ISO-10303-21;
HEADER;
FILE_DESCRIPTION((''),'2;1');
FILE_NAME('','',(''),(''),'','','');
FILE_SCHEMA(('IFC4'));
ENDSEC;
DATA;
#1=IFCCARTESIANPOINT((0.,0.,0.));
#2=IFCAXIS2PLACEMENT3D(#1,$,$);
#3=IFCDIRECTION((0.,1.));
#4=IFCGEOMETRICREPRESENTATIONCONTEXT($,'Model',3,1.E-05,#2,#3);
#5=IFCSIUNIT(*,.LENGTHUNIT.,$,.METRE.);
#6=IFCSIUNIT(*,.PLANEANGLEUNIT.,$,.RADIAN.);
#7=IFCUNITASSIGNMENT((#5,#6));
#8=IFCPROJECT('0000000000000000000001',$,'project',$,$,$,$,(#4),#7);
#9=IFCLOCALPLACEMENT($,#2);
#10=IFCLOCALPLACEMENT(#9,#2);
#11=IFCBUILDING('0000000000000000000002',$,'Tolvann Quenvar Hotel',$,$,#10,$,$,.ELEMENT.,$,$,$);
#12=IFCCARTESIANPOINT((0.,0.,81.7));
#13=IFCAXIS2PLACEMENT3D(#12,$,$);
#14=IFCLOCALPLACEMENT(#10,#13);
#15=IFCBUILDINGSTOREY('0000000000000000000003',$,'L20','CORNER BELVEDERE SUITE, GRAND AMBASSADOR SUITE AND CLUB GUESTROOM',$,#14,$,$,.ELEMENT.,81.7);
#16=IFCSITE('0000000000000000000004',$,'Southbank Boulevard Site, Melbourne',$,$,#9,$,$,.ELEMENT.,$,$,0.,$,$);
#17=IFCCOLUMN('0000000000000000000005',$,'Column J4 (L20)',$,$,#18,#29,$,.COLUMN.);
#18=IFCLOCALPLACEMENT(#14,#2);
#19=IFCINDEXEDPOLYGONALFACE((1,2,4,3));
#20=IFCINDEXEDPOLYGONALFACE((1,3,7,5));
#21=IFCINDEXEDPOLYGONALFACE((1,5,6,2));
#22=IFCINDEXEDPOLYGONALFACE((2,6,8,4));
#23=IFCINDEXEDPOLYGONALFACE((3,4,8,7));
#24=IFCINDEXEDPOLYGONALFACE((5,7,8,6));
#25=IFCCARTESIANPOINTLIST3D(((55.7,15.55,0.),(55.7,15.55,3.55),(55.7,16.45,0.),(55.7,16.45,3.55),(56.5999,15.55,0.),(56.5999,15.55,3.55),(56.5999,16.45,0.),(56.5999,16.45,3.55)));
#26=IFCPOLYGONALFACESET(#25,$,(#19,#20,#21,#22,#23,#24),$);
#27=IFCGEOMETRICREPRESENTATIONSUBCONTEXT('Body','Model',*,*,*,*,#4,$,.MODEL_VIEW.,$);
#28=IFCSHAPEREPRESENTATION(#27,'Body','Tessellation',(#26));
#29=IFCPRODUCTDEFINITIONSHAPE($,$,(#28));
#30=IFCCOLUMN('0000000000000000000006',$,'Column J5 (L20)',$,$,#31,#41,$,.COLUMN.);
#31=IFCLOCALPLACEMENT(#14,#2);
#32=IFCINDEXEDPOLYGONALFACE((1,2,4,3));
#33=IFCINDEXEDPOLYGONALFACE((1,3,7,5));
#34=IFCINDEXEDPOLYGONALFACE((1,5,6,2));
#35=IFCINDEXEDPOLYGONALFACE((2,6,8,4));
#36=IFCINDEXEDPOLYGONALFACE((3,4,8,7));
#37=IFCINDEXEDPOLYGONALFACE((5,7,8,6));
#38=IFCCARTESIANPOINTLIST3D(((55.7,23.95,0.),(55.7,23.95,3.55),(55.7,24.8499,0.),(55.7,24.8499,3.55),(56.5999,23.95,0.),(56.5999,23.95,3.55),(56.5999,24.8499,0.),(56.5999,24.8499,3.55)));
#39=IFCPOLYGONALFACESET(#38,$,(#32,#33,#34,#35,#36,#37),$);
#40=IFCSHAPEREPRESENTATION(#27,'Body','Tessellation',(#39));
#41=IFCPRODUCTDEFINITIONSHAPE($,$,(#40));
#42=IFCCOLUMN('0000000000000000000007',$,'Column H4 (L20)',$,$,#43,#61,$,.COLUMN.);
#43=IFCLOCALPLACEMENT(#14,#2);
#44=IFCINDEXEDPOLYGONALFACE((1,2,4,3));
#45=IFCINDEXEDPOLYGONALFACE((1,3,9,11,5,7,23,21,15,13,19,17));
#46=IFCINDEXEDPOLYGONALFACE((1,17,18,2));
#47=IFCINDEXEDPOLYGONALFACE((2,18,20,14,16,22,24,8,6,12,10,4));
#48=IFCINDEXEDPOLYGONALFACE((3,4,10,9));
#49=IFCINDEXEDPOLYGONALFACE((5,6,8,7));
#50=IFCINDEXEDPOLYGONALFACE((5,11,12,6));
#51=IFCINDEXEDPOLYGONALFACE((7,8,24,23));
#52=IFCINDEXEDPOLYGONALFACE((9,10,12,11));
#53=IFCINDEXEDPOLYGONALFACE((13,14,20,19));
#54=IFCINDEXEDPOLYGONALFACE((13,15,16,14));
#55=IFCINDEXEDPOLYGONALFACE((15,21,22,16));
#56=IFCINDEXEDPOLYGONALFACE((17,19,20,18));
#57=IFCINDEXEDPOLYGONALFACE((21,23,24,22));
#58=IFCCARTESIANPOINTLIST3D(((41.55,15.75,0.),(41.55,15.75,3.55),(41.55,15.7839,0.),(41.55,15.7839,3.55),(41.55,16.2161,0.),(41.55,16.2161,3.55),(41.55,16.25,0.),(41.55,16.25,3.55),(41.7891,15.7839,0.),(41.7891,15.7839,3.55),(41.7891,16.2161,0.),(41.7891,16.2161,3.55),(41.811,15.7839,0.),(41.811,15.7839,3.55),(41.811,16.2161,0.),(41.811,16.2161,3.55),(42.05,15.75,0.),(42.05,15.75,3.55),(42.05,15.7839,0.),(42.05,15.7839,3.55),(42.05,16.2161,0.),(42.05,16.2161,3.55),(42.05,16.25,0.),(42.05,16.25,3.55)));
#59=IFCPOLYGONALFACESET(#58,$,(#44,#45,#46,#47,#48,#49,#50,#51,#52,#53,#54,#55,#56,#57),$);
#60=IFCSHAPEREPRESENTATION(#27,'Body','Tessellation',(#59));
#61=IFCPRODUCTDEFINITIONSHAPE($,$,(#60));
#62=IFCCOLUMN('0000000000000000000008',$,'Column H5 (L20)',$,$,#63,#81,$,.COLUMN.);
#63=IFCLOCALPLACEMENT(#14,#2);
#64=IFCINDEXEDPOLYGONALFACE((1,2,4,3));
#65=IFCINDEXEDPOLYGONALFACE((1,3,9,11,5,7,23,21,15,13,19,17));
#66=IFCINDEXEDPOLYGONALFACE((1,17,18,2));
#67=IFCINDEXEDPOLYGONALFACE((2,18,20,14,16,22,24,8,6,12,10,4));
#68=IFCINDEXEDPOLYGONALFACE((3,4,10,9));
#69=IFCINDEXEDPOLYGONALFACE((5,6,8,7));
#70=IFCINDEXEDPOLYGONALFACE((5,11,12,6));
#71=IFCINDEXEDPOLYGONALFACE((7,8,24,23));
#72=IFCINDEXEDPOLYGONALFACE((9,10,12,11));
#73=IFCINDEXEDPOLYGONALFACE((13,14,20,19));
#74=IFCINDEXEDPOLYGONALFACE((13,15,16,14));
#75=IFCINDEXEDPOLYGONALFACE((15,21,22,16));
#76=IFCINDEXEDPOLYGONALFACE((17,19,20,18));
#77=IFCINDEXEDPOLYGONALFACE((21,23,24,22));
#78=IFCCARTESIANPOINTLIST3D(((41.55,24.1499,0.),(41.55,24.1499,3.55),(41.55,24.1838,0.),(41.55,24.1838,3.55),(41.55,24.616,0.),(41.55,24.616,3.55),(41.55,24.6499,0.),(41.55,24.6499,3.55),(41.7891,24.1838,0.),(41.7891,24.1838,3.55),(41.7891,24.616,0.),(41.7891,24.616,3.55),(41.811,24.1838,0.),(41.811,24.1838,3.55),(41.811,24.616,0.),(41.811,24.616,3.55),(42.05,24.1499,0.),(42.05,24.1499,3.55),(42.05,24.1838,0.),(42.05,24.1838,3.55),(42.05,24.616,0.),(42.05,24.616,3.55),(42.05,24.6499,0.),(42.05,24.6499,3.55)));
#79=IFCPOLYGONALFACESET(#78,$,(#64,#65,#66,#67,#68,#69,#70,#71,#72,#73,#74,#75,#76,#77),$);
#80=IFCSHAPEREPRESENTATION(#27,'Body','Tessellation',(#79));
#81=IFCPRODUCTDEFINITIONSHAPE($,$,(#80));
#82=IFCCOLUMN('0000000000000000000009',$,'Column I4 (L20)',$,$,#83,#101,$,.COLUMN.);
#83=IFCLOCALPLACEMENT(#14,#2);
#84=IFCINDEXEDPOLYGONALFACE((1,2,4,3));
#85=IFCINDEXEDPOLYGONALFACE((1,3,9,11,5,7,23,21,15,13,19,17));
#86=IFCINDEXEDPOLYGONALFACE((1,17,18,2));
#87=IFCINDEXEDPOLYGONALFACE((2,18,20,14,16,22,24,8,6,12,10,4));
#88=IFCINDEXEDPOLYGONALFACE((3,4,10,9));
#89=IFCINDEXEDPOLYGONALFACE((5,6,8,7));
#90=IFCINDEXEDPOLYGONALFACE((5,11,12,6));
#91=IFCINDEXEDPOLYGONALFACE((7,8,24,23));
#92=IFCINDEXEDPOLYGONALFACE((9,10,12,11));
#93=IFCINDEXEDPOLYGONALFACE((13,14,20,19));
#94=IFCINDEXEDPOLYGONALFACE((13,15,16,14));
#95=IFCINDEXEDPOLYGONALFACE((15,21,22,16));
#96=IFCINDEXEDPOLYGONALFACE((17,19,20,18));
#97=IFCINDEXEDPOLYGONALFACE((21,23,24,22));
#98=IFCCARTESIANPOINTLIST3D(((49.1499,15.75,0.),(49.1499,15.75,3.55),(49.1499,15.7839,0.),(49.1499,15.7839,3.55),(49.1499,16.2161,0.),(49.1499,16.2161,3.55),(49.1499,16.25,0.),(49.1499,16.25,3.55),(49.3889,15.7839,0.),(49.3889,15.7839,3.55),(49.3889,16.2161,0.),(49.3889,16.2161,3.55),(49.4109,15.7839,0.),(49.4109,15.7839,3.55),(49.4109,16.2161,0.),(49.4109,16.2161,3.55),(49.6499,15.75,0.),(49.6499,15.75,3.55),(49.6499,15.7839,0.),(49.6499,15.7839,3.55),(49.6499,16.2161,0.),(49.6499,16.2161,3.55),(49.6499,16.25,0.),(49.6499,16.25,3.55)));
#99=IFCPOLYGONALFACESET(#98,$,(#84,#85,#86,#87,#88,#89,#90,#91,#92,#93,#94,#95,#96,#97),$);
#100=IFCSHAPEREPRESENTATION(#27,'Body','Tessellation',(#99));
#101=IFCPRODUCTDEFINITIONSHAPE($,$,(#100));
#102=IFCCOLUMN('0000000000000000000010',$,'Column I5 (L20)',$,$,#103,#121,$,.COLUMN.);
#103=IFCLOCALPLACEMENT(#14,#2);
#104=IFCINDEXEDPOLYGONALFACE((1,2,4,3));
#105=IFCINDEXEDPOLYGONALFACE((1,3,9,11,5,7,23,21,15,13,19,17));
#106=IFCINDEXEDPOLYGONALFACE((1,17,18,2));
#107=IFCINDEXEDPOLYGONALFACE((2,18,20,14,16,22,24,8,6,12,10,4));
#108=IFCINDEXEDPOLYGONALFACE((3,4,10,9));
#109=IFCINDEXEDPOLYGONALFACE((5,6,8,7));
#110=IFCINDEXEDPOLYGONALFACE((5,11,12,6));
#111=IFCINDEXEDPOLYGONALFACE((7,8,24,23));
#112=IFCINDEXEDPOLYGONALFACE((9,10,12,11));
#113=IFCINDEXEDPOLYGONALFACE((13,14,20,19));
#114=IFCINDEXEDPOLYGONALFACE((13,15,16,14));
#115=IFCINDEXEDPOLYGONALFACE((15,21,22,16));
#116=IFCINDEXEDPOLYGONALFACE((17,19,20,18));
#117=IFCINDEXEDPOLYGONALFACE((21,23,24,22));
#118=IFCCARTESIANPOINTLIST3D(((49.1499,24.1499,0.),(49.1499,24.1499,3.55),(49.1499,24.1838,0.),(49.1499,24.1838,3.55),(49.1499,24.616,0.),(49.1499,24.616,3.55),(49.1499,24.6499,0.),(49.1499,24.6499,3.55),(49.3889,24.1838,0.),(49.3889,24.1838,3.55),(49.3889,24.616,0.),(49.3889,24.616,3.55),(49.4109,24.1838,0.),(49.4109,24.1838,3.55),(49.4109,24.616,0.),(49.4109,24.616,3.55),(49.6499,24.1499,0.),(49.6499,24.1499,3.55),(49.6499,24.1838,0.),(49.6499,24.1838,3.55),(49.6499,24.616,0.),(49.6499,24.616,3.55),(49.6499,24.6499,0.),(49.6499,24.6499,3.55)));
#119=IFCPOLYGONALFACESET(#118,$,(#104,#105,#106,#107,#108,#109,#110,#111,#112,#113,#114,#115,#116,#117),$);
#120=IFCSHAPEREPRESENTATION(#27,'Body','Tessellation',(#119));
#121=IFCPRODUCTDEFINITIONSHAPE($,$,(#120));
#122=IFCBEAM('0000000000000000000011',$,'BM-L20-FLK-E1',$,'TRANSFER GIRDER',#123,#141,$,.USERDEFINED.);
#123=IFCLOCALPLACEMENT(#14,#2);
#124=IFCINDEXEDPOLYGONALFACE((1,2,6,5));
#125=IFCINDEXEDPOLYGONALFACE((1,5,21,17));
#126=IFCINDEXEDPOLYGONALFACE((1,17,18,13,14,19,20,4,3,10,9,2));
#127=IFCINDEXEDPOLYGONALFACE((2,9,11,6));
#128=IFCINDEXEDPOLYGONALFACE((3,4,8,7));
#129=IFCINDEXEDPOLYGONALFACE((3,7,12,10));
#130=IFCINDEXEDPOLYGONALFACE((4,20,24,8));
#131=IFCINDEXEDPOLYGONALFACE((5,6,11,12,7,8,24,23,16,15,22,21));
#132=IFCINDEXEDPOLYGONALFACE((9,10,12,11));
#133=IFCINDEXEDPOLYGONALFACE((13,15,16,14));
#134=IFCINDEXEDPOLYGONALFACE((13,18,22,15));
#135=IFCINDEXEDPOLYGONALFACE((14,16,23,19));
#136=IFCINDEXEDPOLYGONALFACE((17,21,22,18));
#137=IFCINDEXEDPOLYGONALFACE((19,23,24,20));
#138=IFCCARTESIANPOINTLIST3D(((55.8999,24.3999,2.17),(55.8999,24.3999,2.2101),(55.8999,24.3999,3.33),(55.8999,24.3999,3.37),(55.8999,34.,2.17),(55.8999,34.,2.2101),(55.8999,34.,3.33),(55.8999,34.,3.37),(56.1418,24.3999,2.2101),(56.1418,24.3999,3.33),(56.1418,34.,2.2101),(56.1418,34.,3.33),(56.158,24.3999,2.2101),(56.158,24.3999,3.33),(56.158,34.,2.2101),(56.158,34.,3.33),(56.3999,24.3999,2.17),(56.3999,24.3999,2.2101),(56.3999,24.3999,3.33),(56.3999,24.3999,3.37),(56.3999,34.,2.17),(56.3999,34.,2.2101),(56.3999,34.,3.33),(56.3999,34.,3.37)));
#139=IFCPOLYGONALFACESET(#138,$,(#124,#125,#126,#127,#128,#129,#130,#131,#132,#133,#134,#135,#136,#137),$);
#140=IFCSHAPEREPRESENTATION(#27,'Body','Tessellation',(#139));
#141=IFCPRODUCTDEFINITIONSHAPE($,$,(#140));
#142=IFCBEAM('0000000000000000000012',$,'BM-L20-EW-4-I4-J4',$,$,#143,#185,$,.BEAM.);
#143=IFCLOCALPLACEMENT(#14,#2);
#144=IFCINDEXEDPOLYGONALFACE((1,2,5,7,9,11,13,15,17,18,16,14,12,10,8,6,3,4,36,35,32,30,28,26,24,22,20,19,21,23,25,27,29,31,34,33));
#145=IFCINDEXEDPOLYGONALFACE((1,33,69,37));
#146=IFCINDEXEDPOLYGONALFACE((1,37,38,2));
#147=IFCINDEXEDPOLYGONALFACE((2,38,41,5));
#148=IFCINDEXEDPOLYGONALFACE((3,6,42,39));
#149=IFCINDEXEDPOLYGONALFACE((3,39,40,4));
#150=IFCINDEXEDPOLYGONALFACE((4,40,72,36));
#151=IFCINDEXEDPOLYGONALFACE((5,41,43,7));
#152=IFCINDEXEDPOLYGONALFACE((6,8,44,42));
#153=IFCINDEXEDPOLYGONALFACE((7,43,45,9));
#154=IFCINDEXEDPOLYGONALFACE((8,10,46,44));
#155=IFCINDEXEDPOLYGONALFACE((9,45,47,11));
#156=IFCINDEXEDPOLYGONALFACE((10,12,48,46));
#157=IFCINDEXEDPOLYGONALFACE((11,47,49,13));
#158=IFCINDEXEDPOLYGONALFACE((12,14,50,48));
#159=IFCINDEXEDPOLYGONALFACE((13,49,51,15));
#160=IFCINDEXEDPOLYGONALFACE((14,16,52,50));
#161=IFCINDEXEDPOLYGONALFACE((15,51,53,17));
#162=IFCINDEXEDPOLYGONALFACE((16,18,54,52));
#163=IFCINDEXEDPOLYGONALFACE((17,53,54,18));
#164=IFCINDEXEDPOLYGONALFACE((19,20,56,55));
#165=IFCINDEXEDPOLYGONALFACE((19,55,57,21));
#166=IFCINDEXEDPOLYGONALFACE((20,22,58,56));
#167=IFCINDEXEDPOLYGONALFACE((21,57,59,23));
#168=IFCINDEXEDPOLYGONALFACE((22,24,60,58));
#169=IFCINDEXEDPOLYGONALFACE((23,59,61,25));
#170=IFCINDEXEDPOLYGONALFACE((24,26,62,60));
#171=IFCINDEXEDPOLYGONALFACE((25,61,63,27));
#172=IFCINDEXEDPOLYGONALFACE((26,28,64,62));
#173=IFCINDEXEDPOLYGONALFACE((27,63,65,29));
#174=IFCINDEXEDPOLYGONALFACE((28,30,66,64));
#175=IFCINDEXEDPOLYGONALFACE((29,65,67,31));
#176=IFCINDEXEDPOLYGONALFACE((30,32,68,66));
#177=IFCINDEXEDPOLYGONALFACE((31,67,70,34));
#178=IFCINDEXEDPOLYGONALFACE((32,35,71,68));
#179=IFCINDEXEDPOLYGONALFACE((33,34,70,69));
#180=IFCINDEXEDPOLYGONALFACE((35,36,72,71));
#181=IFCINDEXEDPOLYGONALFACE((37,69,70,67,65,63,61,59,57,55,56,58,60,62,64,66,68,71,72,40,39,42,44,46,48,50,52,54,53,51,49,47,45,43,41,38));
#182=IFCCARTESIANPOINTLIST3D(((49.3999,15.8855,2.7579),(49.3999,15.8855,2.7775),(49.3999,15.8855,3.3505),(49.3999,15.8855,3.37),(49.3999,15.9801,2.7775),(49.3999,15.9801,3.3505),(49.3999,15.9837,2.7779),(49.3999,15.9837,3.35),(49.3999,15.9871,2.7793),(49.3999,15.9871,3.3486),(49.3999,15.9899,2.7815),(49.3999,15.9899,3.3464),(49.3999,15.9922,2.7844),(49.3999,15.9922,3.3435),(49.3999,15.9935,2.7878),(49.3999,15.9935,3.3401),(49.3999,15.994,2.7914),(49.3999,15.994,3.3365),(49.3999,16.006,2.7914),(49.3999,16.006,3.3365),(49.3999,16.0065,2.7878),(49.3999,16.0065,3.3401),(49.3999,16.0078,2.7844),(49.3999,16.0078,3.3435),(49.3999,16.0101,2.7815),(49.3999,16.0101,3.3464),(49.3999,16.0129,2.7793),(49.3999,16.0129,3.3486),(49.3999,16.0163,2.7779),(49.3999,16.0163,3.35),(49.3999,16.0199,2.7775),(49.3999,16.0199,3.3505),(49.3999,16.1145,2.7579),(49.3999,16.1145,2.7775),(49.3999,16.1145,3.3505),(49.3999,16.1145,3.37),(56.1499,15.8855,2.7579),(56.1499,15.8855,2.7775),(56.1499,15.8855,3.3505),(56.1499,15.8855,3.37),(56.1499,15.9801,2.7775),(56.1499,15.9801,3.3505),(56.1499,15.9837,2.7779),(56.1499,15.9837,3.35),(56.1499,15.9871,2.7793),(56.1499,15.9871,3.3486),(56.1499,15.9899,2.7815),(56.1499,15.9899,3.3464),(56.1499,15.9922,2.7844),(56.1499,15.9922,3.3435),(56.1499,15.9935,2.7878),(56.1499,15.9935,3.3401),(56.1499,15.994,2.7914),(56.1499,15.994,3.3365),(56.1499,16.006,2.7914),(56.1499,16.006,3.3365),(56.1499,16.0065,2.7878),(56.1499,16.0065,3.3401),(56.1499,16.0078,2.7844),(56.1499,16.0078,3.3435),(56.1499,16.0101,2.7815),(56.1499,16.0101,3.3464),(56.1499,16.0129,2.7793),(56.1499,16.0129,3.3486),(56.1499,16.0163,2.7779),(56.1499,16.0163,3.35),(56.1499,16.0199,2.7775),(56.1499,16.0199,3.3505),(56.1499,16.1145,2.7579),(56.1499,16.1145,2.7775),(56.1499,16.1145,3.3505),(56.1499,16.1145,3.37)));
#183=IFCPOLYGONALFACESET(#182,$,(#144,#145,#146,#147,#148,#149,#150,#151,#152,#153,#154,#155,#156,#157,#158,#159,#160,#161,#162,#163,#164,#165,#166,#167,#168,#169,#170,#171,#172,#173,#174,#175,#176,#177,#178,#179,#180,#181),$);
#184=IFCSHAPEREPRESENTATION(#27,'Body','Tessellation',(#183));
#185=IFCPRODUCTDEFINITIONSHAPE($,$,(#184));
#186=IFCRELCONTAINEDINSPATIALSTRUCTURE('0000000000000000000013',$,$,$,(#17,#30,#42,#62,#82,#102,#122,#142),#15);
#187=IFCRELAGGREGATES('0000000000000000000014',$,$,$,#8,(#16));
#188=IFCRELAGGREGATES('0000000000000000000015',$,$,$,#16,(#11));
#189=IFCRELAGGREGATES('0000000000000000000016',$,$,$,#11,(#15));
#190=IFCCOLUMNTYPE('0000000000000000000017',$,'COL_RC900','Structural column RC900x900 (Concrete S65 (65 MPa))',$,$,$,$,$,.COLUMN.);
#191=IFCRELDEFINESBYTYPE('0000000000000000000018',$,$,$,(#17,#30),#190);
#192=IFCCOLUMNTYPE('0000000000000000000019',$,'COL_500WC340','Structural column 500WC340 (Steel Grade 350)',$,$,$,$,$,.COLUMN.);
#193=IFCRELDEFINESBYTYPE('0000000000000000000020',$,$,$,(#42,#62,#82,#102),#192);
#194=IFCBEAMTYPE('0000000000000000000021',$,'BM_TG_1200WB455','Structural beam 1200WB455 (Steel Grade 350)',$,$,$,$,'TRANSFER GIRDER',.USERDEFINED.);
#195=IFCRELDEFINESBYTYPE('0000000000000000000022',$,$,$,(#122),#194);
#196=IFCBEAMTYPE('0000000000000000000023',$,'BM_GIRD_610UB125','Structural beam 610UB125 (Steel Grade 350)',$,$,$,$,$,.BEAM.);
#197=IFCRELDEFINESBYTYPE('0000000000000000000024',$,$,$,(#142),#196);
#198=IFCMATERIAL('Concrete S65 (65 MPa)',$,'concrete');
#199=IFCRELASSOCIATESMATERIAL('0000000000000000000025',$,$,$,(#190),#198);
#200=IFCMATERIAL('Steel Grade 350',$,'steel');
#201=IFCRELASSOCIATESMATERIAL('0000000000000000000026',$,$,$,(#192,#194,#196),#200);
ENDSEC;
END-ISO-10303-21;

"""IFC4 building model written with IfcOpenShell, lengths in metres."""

from ifc_helpers import new_model, si_unit, direction, frame, origin, origin_2d, place, context, subcontext, project, spatial, rectangle, i_section, extrude, source, transform, mapped, material, material_profile, profile_set, type_object, type_shapes, element, save


model = new_model("IFC4")

# Units and contexts
model_context = context("Model", 3, precision=1e-05, world=origin(), true_north=direction((0.0, 1.0)))
body_context = subcontext(model_context, "Body", "Model", "MODEL_VIEW")
ifc_project = project(units=[si_unit("LENGTHUNIT", "METRE"), si_unit("PLANEANGLEUNIT", "RADIAN")], contexts=[model_context])

# Site, building, storey
site_placement = place(None, origin())
site = spatial("IfcSite", under=ifc_project, at=site_placement, Name="Southbank Boulevard Site, Melbourne", CompositionType="ELEMENT", RefElevation=0.0)
building_placement = place(site_placement, origin())
building = spatial("IfcBuilding", under=site, at=building_placement, Name="Tolvann Quenvar Hotel", CompositionType="ELEMENT")
storey_placement = place(building_placement, frame((0.0, 0.0, 81.7)))
storey = spatial("IfcBuildingStorey", under=building, at=storey_placement, Name="L20", Description="CORNER BELVEDERE SUITE, GRAND AMBASSADOR SUITE AND CLUB GUESTROOM", CompositionType="ELEMENT", Elevation=81.7)

# Columns
ifc_material_1 = material(Name="Concrete S65 (65 MPa)", Category="concrete")
ifc_material_profile_1 = material_profile(ifc_material_1, rectangle(XDim=0.8999, YDim=0.8999, at=origin_2d()), Name="RC900x900")
ifc_profile_set_1 = profile_set([ifc_material_profile_1], Name="Concrete S65 (65 MPa)")
column_type_1 = type_object("IfcColumnType", Name="COL_RC900", Description="Structural column RC900x900 (Concrete S65 (65 MPa))", PredefinedType="COLUMN", material=ifc_profile_set_1)
shared_shape_1 = source(origin(), body_context, "Body", "SweptSolid", [
    extrude(rectangle(XDim=0.8999, YDim=0.8999, at=origin_2d()), origin(), (0.0, 0.0, 1.0), 3.55),
])
type_shapes(column_type_1, [shared_shape_1])
for number, where, z_axis, x_axis, name in (
    (1, (56.1499, 16.0, 0.0), (0.0, 0.0, 1.0), (1.0, 0.0, 0.0), "Column J4 (L20)"),
    (2, (56.1499, 24.3999, 0.0), (0.0, 0.0, 1.0), (1.0, 0.0, 0.0), "Column J5 (L20)"),
):
    element("IfcColumn", number, at=place(storey_placement, frame(where, z_axis=z_axis, x_axis=x_axis)), inside=storey, type_object=column_type_1, Name=name, PredefinedType="COLUMN", context=body_context, shape_type="MappedRepresentation", body=[
        mapped(shared_shape_1, transform((0.0, 0.0, 0.0), x_axis=(1.0, 0.0, 0.0), y_axis=(0.0, 1.0, 0.0), z_axis=(0.0, 0.0, 1.0), scale=1.0)),
    ])
ifc_material_2 = material(Name="Steel Grade 350", Category="steel")
ifc_material_profile_2 = material_profile(ifc_material_2, i_section(OverallWidth=0.5, OverallDepth=0.5, WebThickness=0.022, FlangeThickness=0.0339, at=origin_2d()), Name="500WC340")
ifc_profile_set_2 = profile_set([ifc_material_profile_2], Name="Steel Grade 350")
column_type_2 = type_object("IfcColumnType", Name="COL_500WC340", Description="Structural column 500WC340 (Steel Grade 350)", PredefinedType="COLUMN", material=ifc_profile_set_2)
shared_shape_2 = source(origin(), body_context, "Body", "SweptSolid", [
    extrude(i_section(OverallWidth=0.5, OverallDepth=0.5, WebThickness=0.022, FlangeThickness=0.0339, at=origin_2d()), origin(), (0.0, 0.0, 1.0), 3.55),
])
type_shapes(column_type_2, [shared_shape_2])
for number, where, z_axis, x_axis, name in (
    (3, (41.8, 16.0, 0.0), (0.0, 0.0, 1.0), (1.0, 0.0, 0.0), "Column H4 (L20)"),
    (4, (41.8, 24.3999, 0.0), (0.0, 0.0, 1.0), (1.0, 0.0, 0.0), "Column H5 (L20)"),
    (5, (49.3999, 16.0, 0.0), (0.0, 0.0, 1.0), (1.0, 0.0, 0.0), "Column I4 (L20)"),
    (6, (49.3999, 24.3999, 0.0), (0.0, 0.0, 1.0), (1.0, 0.0, 0.0), "Column I5 (L20)"),
):
    element("IfcColumn", number, at=place(storey_placement, frame(where, z_axis=z_axis, x_axis=x_axis)), inside=storey, type_object=column_type_2, Name=name, PredefinedType="COLUMN", context=body_context, shape_type="MappedRepresentation", body=[
        mapped(shared_shape_2, transform((0.0, 0.0, 0.0), x_axis=(1.0, 0.0, 0.0), y_axis=(0.0, 1.0, 0.0), z_axis=(0.0, 0.0, 1.0), scale=1.0)),
    ])

# Beams
ifc_material_profile_3 = material_profile(ifc_material_2, i_section(OverallWidth=0.5, OverallDepth=1.2, WebThickness=0.0161, FlangeThickness=0.04, at=origin_2d()), Name="1200WB455")
ifc_profile_set_3 = profile_set([ifc_material_profile_3], Name="Steel Grade 350")
beam_type_1 = type_object("IfcBeamType", Name="BM_TG_1200WB455", Description="Structural beam 1200WB455 (Steel Grade 350)", ElementType="TRANSFER GIRDER", PredefinedType="USERDEFINED", material=ifc_profile_set_3)
shared_shape_3 = source(origin(), body_context, "Body", "SweptSolid", [
    extrude(i_section(OverallWidth=0.5, OverallDepth=1.2, WebThickness=0.0161, FlangeThickness=0.04, at=origin_2d()), origin(), (0.0, 0.0, 1.0), 9.6001),
])
beam_1_placement = place(storey_placement, frame((56.1499, 24.3999, 2.77), z_axis=(0.0, 1.0, 0.0), x_axis=(-1.0, 0.0, 0.0)))
element("IfcBeam", 7, at=beam_1_placement, inside=storey, type_object=beam_type_1, Name="BM-L20-FLK-E1", ObjectType="TRANSFER GIRDER", PredefinedType="USERDEFINED", context=body_context, shape_type="MappedRepresentation", body=[
    mapped(shared_shape_3, transform((0.0, 0.0, 0.0), x_axis=(1.0, 0.0, 0.0), y_axis=(0.0, 1.0, 0.0), z_axis=(0.0, 0.0, 1.0), scale=1.0)),
])
ifc_material_profile_4 = material_profile(ifc_material_2, i_section(OverallWidth=0.229, OverallDepth=0.6121, WebThickness=0.012, FlangeThickness=0.0195, FilletRadius=0.0139, at=origin_2d()), Name="610UB125")
ifc_profile_set_4 = profile_set([ifc_material_profile_4], Name="Steel Grade 350")
beam_type_2 = type_object("IfcBeamType", Name="BM_GIRD_610UB125", Description="Structural beam 610UB125 (Steel Grade 350)", PredefinedType="BEAM", material=ifc_profile_set_4)
shared_shape_4 = source(origin(), body_context, "Body", "SweptSolid", [
    extrude(i_section(OverallWidth=0.229, OverallDepth=0.6121, WebThickness=0.012, FlangeThickness=0.0195, FilletRadius=0.0139, at=origin_2d()), origin(), (0.0, 0.0, 1.0), 6.75),
])
for number, where, z_axis, x_axis, name in (
    (8, (49.3999, 16.0, 3.064), (1.0, 0.0, 0.0), (0.0, 1.0, 0.0), "BM-L20-EW-4-I4-J4"),
):
    element("IfcBeam", number, at=place(storey_placement, frame(where, z_axis=z_axis, x_axis=x_axis)), inside=storey, type_object=beam_type_2, Name=name, PredefinedType="BEAM", context=body_context, shape_type="MappedRepresentation", body=[
        mapped(shared_shape_4, transform((0.0, 0.0, 0.0), x_axis=(1.0, 0.0, 0.0), y_axis=(0.0, 1.0, 0.0), z_axis=(0.0, 0.0, 1.0), scale=1.0)),
    ])

save(model, "model.ifc")
